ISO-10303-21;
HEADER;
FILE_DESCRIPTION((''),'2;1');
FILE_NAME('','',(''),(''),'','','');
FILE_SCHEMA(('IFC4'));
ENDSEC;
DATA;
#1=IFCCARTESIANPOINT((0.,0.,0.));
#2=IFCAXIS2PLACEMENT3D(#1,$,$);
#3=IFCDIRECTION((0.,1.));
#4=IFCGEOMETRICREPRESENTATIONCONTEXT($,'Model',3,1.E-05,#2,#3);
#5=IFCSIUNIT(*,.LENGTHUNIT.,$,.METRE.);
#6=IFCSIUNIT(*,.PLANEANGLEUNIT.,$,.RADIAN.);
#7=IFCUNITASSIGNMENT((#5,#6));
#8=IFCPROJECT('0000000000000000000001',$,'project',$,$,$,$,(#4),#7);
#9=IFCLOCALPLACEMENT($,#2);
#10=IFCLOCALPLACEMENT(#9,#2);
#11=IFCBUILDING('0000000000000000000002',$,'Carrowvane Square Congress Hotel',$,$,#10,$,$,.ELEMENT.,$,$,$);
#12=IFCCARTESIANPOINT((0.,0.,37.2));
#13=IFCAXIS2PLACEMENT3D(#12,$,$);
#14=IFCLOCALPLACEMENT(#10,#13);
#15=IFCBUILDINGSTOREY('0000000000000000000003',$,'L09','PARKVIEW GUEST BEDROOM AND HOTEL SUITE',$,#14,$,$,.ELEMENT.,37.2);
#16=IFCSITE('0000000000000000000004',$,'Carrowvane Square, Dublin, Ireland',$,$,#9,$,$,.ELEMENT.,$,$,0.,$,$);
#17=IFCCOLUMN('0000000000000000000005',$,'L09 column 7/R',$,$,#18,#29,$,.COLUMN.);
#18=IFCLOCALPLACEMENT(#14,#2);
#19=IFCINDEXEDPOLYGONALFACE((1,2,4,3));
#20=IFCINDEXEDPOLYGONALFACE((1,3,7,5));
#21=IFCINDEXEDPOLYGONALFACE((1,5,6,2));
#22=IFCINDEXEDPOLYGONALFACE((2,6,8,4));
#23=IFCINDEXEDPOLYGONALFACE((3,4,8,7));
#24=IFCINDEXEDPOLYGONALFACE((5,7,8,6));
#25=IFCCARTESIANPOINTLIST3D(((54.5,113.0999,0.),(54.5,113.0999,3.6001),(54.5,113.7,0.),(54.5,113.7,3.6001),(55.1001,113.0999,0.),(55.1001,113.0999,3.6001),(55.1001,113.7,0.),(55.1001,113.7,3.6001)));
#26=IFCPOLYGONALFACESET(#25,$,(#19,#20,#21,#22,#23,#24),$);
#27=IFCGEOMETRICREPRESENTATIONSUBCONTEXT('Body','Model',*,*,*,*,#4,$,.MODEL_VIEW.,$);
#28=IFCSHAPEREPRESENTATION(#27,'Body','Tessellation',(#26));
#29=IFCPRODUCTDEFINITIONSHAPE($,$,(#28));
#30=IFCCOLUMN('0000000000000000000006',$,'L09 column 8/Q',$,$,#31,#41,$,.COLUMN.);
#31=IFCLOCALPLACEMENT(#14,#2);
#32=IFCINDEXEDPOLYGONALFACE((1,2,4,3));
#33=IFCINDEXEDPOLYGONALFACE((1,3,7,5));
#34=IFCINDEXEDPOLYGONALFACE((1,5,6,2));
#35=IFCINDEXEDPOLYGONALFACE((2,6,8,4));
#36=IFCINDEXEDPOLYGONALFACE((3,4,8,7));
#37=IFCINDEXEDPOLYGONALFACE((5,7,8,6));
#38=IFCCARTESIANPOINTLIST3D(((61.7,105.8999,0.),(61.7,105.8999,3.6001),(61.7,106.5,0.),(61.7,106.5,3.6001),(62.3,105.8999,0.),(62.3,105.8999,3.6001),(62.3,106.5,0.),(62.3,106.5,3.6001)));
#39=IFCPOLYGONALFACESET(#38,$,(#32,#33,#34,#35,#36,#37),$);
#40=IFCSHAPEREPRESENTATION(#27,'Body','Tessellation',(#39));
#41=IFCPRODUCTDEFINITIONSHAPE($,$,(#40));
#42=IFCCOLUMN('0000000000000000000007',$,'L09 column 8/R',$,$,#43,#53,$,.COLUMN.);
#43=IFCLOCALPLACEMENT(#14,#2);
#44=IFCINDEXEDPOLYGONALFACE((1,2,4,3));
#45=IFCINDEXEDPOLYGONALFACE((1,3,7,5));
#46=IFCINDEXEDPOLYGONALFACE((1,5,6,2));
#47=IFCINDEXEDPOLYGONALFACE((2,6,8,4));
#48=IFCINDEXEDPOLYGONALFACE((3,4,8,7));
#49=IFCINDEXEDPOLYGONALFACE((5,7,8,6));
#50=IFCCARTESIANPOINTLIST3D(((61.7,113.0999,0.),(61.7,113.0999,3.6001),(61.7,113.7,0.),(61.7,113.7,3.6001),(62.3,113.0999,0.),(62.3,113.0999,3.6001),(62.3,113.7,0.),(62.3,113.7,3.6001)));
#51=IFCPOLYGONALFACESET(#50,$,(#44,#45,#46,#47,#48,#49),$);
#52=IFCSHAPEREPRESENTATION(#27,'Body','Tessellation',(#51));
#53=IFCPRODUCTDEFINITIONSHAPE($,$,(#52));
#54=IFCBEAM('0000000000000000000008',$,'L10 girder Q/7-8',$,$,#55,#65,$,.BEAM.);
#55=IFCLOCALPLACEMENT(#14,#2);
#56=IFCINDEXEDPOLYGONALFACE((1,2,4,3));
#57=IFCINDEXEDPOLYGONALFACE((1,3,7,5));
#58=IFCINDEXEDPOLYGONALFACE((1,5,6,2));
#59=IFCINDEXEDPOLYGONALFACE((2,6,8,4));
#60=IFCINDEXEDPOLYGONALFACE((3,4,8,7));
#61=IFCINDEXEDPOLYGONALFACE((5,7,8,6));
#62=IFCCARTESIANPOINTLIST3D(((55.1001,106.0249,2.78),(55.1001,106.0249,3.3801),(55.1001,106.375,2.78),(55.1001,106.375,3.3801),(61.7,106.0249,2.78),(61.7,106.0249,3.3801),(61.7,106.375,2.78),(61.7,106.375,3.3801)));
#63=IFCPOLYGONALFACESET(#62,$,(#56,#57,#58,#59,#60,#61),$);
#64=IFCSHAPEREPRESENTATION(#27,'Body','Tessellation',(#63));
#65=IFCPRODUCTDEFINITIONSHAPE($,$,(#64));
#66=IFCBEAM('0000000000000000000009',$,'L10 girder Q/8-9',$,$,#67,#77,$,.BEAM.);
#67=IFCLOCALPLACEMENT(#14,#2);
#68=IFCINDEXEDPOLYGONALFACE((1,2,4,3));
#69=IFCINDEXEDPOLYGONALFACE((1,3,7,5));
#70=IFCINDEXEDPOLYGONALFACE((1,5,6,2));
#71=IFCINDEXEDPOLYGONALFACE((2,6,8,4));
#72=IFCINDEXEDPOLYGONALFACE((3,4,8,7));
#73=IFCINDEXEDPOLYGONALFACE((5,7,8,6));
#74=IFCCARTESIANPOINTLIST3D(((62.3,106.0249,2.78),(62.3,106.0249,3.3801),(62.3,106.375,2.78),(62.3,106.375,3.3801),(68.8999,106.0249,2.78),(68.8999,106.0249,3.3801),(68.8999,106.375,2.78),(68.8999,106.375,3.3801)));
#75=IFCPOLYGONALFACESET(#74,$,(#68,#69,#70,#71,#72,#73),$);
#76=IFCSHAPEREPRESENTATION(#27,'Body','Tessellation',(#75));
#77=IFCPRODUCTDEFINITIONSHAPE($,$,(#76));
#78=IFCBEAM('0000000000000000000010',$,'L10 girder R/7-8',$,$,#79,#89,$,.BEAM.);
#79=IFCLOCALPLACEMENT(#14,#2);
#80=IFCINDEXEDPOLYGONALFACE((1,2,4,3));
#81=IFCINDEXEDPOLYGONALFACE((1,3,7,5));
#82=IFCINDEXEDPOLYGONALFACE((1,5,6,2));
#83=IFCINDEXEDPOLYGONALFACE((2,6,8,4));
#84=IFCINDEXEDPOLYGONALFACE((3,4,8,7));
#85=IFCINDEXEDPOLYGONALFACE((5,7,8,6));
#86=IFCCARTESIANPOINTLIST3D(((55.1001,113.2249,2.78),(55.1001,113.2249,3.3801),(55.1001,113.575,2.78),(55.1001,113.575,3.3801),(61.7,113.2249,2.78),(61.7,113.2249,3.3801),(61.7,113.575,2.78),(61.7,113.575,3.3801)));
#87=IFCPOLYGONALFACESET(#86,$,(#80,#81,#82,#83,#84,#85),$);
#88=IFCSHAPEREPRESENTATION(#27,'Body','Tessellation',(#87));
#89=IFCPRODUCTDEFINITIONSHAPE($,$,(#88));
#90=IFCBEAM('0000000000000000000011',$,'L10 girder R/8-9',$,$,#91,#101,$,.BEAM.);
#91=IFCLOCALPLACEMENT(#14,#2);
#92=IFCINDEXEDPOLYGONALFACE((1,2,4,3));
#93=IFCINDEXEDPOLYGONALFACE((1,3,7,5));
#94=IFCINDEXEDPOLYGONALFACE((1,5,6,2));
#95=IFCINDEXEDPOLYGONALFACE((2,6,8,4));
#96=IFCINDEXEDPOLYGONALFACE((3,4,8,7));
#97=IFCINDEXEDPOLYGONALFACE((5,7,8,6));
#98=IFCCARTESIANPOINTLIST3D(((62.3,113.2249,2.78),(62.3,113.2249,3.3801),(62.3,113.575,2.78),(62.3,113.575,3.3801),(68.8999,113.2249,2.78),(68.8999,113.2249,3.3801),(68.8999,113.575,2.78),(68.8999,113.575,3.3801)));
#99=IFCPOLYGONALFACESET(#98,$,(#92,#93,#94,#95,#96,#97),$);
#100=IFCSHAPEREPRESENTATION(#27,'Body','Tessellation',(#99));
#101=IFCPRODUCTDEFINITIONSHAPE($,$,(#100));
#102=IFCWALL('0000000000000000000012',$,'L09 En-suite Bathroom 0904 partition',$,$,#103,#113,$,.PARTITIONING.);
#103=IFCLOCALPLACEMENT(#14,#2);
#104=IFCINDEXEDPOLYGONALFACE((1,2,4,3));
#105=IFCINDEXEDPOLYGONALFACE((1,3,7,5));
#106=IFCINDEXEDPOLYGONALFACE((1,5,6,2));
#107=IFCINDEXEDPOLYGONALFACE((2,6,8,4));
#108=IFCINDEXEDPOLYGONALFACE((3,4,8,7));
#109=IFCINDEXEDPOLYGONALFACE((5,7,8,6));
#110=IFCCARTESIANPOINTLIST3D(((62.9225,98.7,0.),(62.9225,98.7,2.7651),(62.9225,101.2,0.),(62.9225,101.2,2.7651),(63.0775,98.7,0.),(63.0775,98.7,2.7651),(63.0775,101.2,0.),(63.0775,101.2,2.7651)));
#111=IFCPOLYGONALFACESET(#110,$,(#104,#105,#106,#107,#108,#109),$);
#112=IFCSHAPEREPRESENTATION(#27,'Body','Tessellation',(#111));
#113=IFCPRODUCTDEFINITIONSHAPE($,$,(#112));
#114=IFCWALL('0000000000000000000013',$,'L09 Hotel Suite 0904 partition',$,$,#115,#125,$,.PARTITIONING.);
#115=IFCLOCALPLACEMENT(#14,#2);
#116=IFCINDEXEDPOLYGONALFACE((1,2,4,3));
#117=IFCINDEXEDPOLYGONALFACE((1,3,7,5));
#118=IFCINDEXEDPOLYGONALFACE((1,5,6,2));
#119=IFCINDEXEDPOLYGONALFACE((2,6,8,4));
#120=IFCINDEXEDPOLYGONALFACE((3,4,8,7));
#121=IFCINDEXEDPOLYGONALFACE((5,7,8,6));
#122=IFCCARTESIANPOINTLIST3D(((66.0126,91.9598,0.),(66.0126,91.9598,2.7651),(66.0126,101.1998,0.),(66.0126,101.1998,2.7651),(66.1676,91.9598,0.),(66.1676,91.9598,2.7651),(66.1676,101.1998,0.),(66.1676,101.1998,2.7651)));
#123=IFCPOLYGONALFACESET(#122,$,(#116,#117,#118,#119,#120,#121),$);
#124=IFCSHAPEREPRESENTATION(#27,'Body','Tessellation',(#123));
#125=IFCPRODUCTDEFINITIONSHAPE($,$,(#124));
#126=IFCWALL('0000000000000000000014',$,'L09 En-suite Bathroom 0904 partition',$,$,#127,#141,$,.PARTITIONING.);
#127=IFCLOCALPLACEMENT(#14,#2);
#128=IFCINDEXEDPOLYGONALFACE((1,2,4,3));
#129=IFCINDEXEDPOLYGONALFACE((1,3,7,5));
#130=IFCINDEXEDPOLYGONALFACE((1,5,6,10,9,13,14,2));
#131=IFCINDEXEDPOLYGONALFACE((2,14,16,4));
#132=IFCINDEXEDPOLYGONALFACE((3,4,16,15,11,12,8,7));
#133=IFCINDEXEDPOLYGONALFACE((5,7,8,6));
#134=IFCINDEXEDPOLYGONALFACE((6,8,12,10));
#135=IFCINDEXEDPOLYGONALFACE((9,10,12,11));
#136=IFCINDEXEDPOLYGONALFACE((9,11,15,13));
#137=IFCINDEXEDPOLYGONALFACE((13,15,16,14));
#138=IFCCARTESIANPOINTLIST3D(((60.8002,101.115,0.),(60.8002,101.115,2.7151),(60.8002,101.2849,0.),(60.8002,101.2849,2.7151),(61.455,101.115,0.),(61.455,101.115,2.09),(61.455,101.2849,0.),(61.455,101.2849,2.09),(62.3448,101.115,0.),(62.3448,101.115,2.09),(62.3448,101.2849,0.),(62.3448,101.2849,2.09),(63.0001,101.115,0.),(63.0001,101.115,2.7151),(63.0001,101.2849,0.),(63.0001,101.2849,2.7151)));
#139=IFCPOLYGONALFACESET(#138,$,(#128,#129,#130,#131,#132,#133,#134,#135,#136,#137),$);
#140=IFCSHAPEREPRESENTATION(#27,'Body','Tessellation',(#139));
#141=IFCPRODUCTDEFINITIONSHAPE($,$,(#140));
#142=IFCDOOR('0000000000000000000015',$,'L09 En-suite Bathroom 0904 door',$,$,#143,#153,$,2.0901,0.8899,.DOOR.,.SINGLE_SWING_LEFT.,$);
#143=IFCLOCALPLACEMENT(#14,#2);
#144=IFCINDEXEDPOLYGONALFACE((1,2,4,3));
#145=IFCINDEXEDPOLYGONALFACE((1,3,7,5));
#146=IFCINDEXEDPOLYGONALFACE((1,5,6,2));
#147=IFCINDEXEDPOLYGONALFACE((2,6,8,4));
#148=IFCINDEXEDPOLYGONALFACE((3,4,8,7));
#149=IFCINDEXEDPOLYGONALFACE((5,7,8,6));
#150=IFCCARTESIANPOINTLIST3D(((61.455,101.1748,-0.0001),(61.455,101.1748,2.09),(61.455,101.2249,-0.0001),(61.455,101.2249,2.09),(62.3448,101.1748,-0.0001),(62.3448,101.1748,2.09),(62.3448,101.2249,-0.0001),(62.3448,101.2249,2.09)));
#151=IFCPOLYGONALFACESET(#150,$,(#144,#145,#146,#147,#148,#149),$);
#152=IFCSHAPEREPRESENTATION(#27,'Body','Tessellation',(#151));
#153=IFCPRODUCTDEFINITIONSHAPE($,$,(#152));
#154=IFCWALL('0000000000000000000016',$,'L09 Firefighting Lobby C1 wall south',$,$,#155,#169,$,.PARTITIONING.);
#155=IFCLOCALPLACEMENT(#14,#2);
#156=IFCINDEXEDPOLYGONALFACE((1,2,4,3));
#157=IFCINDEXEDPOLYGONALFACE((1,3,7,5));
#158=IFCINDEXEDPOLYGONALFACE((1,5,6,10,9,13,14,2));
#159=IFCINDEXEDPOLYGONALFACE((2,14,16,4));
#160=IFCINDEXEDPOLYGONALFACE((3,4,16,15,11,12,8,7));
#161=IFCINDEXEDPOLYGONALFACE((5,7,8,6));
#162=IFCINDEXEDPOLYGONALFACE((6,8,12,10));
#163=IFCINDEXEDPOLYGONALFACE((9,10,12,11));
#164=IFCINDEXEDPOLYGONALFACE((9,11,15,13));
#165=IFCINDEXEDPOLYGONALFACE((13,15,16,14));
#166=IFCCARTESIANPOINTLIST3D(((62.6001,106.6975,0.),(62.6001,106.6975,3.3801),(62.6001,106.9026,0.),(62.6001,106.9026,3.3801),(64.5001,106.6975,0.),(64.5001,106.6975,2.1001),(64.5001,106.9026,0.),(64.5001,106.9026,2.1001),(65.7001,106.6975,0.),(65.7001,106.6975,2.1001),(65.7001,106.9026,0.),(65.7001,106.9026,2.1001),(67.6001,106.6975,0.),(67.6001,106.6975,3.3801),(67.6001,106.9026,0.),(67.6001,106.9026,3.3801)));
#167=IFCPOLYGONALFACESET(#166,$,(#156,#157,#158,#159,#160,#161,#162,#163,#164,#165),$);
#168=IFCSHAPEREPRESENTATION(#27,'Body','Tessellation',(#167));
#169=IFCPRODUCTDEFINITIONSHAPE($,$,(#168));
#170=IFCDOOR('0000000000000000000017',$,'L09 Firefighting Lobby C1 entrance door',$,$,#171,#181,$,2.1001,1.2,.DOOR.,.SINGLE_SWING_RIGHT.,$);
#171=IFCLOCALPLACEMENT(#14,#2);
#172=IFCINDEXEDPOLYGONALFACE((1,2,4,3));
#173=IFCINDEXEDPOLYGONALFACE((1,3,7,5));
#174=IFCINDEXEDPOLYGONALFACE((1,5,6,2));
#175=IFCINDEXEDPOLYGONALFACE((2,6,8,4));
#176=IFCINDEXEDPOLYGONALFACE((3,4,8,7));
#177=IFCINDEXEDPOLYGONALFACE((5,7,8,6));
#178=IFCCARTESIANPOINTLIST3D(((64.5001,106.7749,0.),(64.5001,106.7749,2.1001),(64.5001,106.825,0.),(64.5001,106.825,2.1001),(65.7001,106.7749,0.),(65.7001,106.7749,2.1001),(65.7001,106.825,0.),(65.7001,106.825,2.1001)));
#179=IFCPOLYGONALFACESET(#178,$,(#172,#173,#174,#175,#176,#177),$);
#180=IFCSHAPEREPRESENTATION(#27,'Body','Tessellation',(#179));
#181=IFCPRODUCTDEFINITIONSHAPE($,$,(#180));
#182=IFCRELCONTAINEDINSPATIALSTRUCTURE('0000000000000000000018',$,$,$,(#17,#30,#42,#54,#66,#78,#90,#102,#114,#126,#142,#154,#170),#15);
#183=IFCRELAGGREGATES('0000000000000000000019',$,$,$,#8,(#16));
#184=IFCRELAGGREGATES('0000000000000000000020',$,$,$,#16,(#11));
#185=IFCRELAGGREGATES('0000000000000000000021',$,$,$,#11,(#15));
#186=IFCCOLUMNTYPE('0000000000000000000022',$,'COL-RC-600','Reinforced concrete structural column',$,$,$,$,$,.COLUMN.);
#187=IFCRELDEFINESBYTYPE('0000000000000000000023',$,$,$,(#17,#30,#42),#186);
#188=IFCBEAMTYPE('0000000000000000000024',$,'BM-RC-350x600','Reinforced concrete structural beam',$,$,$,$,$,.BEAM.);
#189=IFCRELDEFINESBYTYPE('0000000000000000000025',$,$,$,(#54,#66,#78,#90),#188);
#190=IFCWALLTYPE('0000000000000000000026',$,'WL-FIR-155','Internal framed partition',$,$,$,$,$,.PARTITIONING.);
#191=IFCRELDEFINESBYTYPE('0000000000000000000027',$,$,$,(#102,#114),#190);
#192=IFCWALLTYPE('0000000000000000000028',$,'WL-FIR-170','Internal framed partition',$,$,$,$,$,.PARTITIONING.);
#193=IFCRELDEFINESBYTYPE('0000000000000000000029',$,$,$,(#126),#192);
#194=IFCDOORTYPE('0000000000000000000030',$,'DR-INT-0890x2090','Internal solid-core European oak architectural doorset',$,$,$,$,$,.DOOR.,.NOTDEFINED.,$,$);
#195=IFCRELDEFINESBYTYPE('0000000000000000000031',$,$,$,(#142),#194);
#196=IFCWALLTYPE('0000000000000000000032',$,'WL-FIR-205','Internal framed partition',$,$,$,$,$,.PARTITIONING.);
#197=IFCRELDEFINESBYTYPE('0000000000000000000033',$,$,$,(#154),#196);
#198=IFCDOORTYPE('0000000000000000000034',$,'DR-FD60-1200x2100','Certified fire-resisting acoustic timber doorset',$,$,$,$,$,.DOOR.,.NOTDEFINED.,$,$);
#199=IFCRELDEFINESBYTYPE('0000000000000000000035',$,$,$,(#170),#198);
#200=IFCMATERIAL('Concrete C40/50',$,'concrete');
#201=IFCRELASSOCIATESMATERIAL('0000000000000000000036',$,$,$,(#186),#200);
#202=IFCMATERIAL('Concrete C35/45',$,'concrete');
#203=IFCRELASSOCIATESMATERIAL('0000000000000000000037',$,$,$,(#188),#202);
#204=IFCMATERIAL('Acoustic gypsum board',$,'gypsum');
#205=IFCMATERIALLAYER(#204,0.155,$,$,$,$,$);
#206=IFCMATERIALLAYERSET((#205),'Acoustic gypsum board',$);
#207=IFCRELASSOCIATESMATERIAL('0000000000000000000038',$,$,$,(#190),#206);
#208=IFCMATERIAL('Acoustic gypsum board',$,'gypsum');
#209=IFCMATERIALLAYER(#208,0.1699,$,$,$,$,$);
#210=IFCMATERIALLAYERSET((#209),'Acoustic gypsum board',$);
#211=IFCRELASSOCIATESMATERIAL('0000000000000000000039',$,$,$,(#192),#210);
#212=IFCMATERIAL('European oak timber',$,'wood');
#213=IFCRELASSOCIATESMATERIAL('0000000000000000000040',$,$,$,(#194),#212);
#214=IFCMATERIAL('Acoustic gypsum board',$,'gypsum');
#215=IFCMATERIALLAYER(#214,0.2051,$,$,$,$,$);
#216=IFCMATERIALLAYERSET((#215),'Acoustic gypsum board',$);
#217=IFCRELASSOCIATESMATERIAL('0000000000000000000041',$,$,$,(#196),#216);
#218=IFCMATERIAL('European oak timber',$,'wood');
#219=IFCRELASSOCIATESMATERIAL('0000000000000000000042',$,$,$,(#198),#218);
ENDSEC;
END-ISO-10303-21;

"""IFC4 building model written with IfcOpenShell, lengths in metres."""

from ifc_helpers import new_model, si_unit, direction, frame, frame_2d, origin, origin_2d, place, context, subcontext, project, spatial, rectangle, extrude, material, layer, layer_set, material_profile, profile_set, type_object, element, fill, save


model = new_model("IFC4")

# Units and contexts
model_context = context("Model", 3, precision=1e-05, world=origin(), true_north=direction((0.0, 1.0)))
body_context = subcontext(model_context, "Body", "Model", "MODEL_VIEW")
ifc_project = project(units=[si_unit("LENGTHUNIT", "METRE"), si_unit("PLANEANGLEUNIT", "RADIAN")], contexts=[model_context])

# Site, building, storey
site_placement = place(None, origin())
site = spatial("IfcSite", under=ifc_project, at=site_placement, Name="Carrowvane Square, Dublin, Ireland", CompositionType="ELEMENT", RefElevation=0.0)
building_placement = place(site_placement, origin())
building = spatial("IfcBuilding", under=site, at=building_placement, Name="Carrowvane Square Congress Hotel", CompositionType="ELEMENT")
storey_placement = place(building_placement, frame((0.0, 0.0, 37.2)))
storey = spatial("IfcBuildingStorey", under=building, at=storey_placement, Name="L09", Description="PARKVIEW GUEST BEDROOM AND HOTEL SUITE", CompositionType="ELEMENT", Elevation=37.2)

# Columns
ifc_material_1 = material(Name="Concrete C40/50", Category="concrete")
ifc_material_profile_1 = material_profile(ifc_material_1, rectangle(XDim=0.6001, YDim=0.6001, at=origin_2d()), Name="RC 600x600")
ifc_profile_set_1 = profile_set([ifc_material_profile_1], Name="Concrete C40/50")
column_type = type_object("IfcColumnType", Name="COL-RC-600", Description="Reinforced concrete structural column", PredefinedType="COLUMN", material=ifc_profile_set_1)
for number, where, z_axis, x_axis, name in (
    (1, (54.8, 113.3999, 0.0), (0.0, 0.0, 1.0), (1.0, 0.0, 0.0), "L09 column 7/R"),
    (2, (62.0, 106.2, 0.0), (0.0, 0.0, 1.0), (1.0, 0.0, 0.0), "L09 column 8/Q"),
    (3, (62.0, 113.3999, 0.0), (0.0, 0.0, 1.0), (1.0, 0.0, 0.0), "L09 column 8/R"),
):
    element("IfcColumn", number, at=place(storey_placement, frame(where, z_axis=z_axis, x_axis=x_axis)), inside=storey, type_object=column_type, Name=name, PredefinedType="COLUMN", context=body_context, shape_type="SweptSolid", body=[
        extrude(rectangle(XDim=0.6001, YDim=0.6001, at=origin_2d()), origin(), (0.0, 0.0, 1.0), 3.6001),
    ])

# Beams
ifc_material_2 = material(Name="Concrete C35/45", Category="concrete")
ifc_material_profile_2 = material_profile(ifc_material_2, rectangle(XDim=0.3501, YDim=0.6001, at=origin_2d()), Name="RC 350x600")
ifc_profile_set_2 = profile_set([ifc_material_profile_2], Name="Concrete C35/45")
beam_type = type_object("IfcBeamType", Name="BM-RC-350x600", Description="Reinforced concrete structural beam", PredefinedType="BEAM", material=ifc_profile_set_2)
for number, where, z_axis, x_axis, name in (
    (4, (55.1001, 106.2, 3.0801), (1.0, 0.0, 0.0), (0.0, 1.0, 0.0), "L10 girder Q/7-8"),
    (5, (62.3, 106.2, 3.0801), (1.0, 0.0, 0.0), (0.0, 1.0, 0.0), "L10 girder Q/8-9"),
    (6, (55.1001, 113.3999, 3.0801), (1.0, 0.0, 0.0), (0.0, 1.0, 0.0), "L10 girder R/7-8"),
    (7, (62.3, 113.3999, 3.0801), (1.0, 0.0, 0.0), (0.0, 1.0, 0.0), "L10 girder R/8-9"),
):
    element("IfcBeam", number, at=place(storey_placement, frame(where, z_axis=z_axis, x_axis=x_axis)), inside=storey, type_object=beam_type, Name=name, PredefinedType="BEAM", context=body_context, shape_type="SweptSolid", body=[
        extrude(rectangle(XDim=0.3501, YDim=0.6001, at=origin_2d()), origin(), (0.0, 0.0, 1.0), 6.5999),
    ])

# Walls
ifc_material_3 = material(Name="Acoustic gypsum board", Category="gypsum")
ifc_layer_1 = layer(ifc_material_3, 0.155)
ifc_layer_set_1 = layer_set([ifc_layer_1], Name="Acoustic gypsum board")
wall_type_1 = type_object("IfcWallType", Name="WL-FIR-155", Description="Internal framed partition", PredefinedType="PARTITIONING", material=ifc_layer_set_1)
wall_1_placement = place(storey_placement, frame((63.0, 101.2, 0.0), z_axis=(0.0, 0.0, 1.0), x_axis=(0.0, -1.0, 0.0)))
element("IfcWall", 8, at=wall_1_placement, inside=storey, type_object=wall_type_1, Name="L09 En-suite Bathroom 0904 partition", PredefinedType="PARTITIONING", context=body_context, shape_type="SweptSolid", body=[
    extrude(rectangle(XDim=2.5, YDim=0.155, at=frame_2d((1.25, 0.0))), origin(), (0.0, 0.0, 1.0), 2.7651),
])
wall_2_placement = place(storey_placement, frame((66.0901, 101.2, 0.0), z_axis=(0.0, 0.0, 1.0), x_axis=(0.0, -1.0, 0.0)))
element("IfcWall", 9, at=wall_2_placement, inside=storey, type_object=wall_type_1, Name="L09 Hotel Suite 0904 partition", PredefinedType="PARTITIONING", context=body_context, shape_type="SweptSolid", body=[
    extrude(rectangle(XDim=9.24, YDim=0.155, at=frame_2d((4.6201, 0.0))), origin(), (0.0, 0.0, 1.0), 2.7651),
])

# Walls, openings, doors
ifc_material_4 = material(Name="Acoustic gypsum board", Category="gypsum")
ifc_layer_2 = layer(ifc_material_4, 0.1699)
ifc_layer_set_2 = layer_set([ifc_layer_2], Name="Acoustic gypsum board")
wall_type_2 = type_object("IfcWallType", Name="WL-FIR-170", Description="Internal framed partition", PredefinedType="PARTITIONING", material=ifc_layer_set_2)
wall_3_placement = place(storey_placement, frame((60.8, 101.2, 0.0), z_axis=(0.0, 0.0, 1.0), x_axis=(1.0, 0.0, 0.0)))
wall_3 = element("IfcWall", 10, at=wall_3_placement, inside=storey, type_object=wall_type_2, Name="L09 En-suite Bathroom 0904 partition", PredefinedType="PARTITIONING", context=body_context, shape_type="SweptSolid", body=[
    extrude(rectangle(XDim=2.2, YDim=0.1699, at=frame_2d((1.1001, 0.0))), origin(), (0.0, 0.0, 1.0), 2.7151),
])
opening_1_placement = place(wall_3_placement, frame((0.655, 0.0, 0.0)))
opening_1 = element("IfcOpeningElement", 11, at=opening_1_placement, cuts=wall_3, PredefinedType="OPENING", context=body_context, shape_type="SweptSolid", body=[
    extrude(rectangle(XDim=0.8899, YDim=2.0901, at=frame_2d((0.4448, 1.0449))), frame((0.0, 0.095, 0.0), z_axis=(0.0, -1.0, 0.0), x_axis=(1.0, 0.0, 0.0)), (0.0, 0.0, 1.0), 0.1899),
])
ifc_material_5 = material(Name="European oak timber", Category="wood")
door_type_1 = type_object("IfcDoorType", Name="DR-INT-0890x2090", Description="Internal solid-core European oak architectural doorset", OperationType="NOTDEFINED", PredefinedType="DOOR", material=ifc_material_5)
door_1_placement = place(opening_1_placement, origin())
door_1 = element("IfcDoor", 12, at=door_1_placement, inside=storey, type_object=door_type_1, Name="L09 En-suite Bathroom 0904 door", OperationType="SINGLE_SWING_LEFT", OverallHeight=2.0901, OverallWidth=0.8899, PredefinedType="DOOR", context=body_context, shape_type="SweptSolid", body=[
    extrude(rectangle(XDim=0.8899, YDim=2.0901, at=frame_2d((0.4448, 1.0449))), frame((0.0, 0.0249, 0.0), z_axis=(0.0, -1.0, 0.0), x_axis=(1.0, 0.0, 0.0)), (0.0, 0.0, 1.0), 0.05),
])
fill(opening_1, door_1)
ifc_material_6 = material(Name="Acoustic gypsum board", Category="gypsum")
ifc_layer_3 = layer(ifc_material_6, 0.2051)
ifc_layer_set_3 = layer_set([ifc_layer_3], Name="Acoustic gypsum board")
wall_type_3 = type_object("IfcWallType", Name="WL-FIR-205", Description="Internal framed partition", PredefinedType="PARTITIONING", material=ifc_layer_set_3)
wall_4_placement = place(storey_placement, frame((62.6001, 106.8, 0.0), z_axis=(0.0, 0.0, 1.0), x_axis=(1.0, 0.0, 0.0)))
wall_4 = element("IfcWall", 13, at=wall_4_placement, inside=storey, type_object=wall_type_3, Name="L09 Firefighting Lobby C1 wall south", PredefinedType="PARTITIONING", context=body_context, shape_type="SweptSolid", body=[
    extrude(rectangle(XDim=5.0, YDim=0.2051, at=frame_2d((2.5, 0.0))), origin(), (0.0, 0.0, 1.0), 3.3801),
])
opening_2_placement = place(wall_4_placement, frame((1.8999, 0.0, 0.0)))
opening_2 = element("IfcOpeningElement", 14, at=opening_2_placement, cuts=wall_4, PredefinedType="OPENING", context=body_context, shape_type="SweptSolid", body=[
    extrude(rectangle(XDim=1.2, YDim=2.1001, at=frame_2d((0.6001, 1.05))), frame((0.0, 0.1125, 0.0), z_axis=(0.0, -1.0, 0.0), x_axis=(1.0, 0.0, 0.0)), (0.0, 0.0, 1.0), 0.2251),
])
ifc_material_7 = material(Name="European oak timber", Category="wood")
door_type_2 = type_object("IfcDoorType", Name="DR-FD60-1200x2100", Description="Certified fire-resisting acoustic timber doorset", OperationType="NOTDEFINED", PredefinedType="DOOR", material=ifc_material_7)
door_2_placement = place(opening_2_placement, origin())
door_2 = element("IfcDoor", 15, at=door_2_placement, inside=storey, type_object=door_type_2, Name="L09 Firefighting Lobby C1 entrance door", OperationType="SINGLE_SWING_RIGHT", OverallHeight=2.1001, OverallWidth=1.2, PredefinedType="DOOR", context=body_context, shape_type="SweptSolid", body=[
    extrude(rectangle(XDim=1.2, YDim=2.1001, at=frame_2d((0.6001, 1.05))), frame((0.0, 0.0249, 0.0), z_axis=(0.0, -1.0, 0.0), x_axis=(1.0, 0.0, 0.0)), (0.0, 0.0, 1.0), 0.05),
])
fill(opening_2, door_2)

save(model, "model.ifc")
